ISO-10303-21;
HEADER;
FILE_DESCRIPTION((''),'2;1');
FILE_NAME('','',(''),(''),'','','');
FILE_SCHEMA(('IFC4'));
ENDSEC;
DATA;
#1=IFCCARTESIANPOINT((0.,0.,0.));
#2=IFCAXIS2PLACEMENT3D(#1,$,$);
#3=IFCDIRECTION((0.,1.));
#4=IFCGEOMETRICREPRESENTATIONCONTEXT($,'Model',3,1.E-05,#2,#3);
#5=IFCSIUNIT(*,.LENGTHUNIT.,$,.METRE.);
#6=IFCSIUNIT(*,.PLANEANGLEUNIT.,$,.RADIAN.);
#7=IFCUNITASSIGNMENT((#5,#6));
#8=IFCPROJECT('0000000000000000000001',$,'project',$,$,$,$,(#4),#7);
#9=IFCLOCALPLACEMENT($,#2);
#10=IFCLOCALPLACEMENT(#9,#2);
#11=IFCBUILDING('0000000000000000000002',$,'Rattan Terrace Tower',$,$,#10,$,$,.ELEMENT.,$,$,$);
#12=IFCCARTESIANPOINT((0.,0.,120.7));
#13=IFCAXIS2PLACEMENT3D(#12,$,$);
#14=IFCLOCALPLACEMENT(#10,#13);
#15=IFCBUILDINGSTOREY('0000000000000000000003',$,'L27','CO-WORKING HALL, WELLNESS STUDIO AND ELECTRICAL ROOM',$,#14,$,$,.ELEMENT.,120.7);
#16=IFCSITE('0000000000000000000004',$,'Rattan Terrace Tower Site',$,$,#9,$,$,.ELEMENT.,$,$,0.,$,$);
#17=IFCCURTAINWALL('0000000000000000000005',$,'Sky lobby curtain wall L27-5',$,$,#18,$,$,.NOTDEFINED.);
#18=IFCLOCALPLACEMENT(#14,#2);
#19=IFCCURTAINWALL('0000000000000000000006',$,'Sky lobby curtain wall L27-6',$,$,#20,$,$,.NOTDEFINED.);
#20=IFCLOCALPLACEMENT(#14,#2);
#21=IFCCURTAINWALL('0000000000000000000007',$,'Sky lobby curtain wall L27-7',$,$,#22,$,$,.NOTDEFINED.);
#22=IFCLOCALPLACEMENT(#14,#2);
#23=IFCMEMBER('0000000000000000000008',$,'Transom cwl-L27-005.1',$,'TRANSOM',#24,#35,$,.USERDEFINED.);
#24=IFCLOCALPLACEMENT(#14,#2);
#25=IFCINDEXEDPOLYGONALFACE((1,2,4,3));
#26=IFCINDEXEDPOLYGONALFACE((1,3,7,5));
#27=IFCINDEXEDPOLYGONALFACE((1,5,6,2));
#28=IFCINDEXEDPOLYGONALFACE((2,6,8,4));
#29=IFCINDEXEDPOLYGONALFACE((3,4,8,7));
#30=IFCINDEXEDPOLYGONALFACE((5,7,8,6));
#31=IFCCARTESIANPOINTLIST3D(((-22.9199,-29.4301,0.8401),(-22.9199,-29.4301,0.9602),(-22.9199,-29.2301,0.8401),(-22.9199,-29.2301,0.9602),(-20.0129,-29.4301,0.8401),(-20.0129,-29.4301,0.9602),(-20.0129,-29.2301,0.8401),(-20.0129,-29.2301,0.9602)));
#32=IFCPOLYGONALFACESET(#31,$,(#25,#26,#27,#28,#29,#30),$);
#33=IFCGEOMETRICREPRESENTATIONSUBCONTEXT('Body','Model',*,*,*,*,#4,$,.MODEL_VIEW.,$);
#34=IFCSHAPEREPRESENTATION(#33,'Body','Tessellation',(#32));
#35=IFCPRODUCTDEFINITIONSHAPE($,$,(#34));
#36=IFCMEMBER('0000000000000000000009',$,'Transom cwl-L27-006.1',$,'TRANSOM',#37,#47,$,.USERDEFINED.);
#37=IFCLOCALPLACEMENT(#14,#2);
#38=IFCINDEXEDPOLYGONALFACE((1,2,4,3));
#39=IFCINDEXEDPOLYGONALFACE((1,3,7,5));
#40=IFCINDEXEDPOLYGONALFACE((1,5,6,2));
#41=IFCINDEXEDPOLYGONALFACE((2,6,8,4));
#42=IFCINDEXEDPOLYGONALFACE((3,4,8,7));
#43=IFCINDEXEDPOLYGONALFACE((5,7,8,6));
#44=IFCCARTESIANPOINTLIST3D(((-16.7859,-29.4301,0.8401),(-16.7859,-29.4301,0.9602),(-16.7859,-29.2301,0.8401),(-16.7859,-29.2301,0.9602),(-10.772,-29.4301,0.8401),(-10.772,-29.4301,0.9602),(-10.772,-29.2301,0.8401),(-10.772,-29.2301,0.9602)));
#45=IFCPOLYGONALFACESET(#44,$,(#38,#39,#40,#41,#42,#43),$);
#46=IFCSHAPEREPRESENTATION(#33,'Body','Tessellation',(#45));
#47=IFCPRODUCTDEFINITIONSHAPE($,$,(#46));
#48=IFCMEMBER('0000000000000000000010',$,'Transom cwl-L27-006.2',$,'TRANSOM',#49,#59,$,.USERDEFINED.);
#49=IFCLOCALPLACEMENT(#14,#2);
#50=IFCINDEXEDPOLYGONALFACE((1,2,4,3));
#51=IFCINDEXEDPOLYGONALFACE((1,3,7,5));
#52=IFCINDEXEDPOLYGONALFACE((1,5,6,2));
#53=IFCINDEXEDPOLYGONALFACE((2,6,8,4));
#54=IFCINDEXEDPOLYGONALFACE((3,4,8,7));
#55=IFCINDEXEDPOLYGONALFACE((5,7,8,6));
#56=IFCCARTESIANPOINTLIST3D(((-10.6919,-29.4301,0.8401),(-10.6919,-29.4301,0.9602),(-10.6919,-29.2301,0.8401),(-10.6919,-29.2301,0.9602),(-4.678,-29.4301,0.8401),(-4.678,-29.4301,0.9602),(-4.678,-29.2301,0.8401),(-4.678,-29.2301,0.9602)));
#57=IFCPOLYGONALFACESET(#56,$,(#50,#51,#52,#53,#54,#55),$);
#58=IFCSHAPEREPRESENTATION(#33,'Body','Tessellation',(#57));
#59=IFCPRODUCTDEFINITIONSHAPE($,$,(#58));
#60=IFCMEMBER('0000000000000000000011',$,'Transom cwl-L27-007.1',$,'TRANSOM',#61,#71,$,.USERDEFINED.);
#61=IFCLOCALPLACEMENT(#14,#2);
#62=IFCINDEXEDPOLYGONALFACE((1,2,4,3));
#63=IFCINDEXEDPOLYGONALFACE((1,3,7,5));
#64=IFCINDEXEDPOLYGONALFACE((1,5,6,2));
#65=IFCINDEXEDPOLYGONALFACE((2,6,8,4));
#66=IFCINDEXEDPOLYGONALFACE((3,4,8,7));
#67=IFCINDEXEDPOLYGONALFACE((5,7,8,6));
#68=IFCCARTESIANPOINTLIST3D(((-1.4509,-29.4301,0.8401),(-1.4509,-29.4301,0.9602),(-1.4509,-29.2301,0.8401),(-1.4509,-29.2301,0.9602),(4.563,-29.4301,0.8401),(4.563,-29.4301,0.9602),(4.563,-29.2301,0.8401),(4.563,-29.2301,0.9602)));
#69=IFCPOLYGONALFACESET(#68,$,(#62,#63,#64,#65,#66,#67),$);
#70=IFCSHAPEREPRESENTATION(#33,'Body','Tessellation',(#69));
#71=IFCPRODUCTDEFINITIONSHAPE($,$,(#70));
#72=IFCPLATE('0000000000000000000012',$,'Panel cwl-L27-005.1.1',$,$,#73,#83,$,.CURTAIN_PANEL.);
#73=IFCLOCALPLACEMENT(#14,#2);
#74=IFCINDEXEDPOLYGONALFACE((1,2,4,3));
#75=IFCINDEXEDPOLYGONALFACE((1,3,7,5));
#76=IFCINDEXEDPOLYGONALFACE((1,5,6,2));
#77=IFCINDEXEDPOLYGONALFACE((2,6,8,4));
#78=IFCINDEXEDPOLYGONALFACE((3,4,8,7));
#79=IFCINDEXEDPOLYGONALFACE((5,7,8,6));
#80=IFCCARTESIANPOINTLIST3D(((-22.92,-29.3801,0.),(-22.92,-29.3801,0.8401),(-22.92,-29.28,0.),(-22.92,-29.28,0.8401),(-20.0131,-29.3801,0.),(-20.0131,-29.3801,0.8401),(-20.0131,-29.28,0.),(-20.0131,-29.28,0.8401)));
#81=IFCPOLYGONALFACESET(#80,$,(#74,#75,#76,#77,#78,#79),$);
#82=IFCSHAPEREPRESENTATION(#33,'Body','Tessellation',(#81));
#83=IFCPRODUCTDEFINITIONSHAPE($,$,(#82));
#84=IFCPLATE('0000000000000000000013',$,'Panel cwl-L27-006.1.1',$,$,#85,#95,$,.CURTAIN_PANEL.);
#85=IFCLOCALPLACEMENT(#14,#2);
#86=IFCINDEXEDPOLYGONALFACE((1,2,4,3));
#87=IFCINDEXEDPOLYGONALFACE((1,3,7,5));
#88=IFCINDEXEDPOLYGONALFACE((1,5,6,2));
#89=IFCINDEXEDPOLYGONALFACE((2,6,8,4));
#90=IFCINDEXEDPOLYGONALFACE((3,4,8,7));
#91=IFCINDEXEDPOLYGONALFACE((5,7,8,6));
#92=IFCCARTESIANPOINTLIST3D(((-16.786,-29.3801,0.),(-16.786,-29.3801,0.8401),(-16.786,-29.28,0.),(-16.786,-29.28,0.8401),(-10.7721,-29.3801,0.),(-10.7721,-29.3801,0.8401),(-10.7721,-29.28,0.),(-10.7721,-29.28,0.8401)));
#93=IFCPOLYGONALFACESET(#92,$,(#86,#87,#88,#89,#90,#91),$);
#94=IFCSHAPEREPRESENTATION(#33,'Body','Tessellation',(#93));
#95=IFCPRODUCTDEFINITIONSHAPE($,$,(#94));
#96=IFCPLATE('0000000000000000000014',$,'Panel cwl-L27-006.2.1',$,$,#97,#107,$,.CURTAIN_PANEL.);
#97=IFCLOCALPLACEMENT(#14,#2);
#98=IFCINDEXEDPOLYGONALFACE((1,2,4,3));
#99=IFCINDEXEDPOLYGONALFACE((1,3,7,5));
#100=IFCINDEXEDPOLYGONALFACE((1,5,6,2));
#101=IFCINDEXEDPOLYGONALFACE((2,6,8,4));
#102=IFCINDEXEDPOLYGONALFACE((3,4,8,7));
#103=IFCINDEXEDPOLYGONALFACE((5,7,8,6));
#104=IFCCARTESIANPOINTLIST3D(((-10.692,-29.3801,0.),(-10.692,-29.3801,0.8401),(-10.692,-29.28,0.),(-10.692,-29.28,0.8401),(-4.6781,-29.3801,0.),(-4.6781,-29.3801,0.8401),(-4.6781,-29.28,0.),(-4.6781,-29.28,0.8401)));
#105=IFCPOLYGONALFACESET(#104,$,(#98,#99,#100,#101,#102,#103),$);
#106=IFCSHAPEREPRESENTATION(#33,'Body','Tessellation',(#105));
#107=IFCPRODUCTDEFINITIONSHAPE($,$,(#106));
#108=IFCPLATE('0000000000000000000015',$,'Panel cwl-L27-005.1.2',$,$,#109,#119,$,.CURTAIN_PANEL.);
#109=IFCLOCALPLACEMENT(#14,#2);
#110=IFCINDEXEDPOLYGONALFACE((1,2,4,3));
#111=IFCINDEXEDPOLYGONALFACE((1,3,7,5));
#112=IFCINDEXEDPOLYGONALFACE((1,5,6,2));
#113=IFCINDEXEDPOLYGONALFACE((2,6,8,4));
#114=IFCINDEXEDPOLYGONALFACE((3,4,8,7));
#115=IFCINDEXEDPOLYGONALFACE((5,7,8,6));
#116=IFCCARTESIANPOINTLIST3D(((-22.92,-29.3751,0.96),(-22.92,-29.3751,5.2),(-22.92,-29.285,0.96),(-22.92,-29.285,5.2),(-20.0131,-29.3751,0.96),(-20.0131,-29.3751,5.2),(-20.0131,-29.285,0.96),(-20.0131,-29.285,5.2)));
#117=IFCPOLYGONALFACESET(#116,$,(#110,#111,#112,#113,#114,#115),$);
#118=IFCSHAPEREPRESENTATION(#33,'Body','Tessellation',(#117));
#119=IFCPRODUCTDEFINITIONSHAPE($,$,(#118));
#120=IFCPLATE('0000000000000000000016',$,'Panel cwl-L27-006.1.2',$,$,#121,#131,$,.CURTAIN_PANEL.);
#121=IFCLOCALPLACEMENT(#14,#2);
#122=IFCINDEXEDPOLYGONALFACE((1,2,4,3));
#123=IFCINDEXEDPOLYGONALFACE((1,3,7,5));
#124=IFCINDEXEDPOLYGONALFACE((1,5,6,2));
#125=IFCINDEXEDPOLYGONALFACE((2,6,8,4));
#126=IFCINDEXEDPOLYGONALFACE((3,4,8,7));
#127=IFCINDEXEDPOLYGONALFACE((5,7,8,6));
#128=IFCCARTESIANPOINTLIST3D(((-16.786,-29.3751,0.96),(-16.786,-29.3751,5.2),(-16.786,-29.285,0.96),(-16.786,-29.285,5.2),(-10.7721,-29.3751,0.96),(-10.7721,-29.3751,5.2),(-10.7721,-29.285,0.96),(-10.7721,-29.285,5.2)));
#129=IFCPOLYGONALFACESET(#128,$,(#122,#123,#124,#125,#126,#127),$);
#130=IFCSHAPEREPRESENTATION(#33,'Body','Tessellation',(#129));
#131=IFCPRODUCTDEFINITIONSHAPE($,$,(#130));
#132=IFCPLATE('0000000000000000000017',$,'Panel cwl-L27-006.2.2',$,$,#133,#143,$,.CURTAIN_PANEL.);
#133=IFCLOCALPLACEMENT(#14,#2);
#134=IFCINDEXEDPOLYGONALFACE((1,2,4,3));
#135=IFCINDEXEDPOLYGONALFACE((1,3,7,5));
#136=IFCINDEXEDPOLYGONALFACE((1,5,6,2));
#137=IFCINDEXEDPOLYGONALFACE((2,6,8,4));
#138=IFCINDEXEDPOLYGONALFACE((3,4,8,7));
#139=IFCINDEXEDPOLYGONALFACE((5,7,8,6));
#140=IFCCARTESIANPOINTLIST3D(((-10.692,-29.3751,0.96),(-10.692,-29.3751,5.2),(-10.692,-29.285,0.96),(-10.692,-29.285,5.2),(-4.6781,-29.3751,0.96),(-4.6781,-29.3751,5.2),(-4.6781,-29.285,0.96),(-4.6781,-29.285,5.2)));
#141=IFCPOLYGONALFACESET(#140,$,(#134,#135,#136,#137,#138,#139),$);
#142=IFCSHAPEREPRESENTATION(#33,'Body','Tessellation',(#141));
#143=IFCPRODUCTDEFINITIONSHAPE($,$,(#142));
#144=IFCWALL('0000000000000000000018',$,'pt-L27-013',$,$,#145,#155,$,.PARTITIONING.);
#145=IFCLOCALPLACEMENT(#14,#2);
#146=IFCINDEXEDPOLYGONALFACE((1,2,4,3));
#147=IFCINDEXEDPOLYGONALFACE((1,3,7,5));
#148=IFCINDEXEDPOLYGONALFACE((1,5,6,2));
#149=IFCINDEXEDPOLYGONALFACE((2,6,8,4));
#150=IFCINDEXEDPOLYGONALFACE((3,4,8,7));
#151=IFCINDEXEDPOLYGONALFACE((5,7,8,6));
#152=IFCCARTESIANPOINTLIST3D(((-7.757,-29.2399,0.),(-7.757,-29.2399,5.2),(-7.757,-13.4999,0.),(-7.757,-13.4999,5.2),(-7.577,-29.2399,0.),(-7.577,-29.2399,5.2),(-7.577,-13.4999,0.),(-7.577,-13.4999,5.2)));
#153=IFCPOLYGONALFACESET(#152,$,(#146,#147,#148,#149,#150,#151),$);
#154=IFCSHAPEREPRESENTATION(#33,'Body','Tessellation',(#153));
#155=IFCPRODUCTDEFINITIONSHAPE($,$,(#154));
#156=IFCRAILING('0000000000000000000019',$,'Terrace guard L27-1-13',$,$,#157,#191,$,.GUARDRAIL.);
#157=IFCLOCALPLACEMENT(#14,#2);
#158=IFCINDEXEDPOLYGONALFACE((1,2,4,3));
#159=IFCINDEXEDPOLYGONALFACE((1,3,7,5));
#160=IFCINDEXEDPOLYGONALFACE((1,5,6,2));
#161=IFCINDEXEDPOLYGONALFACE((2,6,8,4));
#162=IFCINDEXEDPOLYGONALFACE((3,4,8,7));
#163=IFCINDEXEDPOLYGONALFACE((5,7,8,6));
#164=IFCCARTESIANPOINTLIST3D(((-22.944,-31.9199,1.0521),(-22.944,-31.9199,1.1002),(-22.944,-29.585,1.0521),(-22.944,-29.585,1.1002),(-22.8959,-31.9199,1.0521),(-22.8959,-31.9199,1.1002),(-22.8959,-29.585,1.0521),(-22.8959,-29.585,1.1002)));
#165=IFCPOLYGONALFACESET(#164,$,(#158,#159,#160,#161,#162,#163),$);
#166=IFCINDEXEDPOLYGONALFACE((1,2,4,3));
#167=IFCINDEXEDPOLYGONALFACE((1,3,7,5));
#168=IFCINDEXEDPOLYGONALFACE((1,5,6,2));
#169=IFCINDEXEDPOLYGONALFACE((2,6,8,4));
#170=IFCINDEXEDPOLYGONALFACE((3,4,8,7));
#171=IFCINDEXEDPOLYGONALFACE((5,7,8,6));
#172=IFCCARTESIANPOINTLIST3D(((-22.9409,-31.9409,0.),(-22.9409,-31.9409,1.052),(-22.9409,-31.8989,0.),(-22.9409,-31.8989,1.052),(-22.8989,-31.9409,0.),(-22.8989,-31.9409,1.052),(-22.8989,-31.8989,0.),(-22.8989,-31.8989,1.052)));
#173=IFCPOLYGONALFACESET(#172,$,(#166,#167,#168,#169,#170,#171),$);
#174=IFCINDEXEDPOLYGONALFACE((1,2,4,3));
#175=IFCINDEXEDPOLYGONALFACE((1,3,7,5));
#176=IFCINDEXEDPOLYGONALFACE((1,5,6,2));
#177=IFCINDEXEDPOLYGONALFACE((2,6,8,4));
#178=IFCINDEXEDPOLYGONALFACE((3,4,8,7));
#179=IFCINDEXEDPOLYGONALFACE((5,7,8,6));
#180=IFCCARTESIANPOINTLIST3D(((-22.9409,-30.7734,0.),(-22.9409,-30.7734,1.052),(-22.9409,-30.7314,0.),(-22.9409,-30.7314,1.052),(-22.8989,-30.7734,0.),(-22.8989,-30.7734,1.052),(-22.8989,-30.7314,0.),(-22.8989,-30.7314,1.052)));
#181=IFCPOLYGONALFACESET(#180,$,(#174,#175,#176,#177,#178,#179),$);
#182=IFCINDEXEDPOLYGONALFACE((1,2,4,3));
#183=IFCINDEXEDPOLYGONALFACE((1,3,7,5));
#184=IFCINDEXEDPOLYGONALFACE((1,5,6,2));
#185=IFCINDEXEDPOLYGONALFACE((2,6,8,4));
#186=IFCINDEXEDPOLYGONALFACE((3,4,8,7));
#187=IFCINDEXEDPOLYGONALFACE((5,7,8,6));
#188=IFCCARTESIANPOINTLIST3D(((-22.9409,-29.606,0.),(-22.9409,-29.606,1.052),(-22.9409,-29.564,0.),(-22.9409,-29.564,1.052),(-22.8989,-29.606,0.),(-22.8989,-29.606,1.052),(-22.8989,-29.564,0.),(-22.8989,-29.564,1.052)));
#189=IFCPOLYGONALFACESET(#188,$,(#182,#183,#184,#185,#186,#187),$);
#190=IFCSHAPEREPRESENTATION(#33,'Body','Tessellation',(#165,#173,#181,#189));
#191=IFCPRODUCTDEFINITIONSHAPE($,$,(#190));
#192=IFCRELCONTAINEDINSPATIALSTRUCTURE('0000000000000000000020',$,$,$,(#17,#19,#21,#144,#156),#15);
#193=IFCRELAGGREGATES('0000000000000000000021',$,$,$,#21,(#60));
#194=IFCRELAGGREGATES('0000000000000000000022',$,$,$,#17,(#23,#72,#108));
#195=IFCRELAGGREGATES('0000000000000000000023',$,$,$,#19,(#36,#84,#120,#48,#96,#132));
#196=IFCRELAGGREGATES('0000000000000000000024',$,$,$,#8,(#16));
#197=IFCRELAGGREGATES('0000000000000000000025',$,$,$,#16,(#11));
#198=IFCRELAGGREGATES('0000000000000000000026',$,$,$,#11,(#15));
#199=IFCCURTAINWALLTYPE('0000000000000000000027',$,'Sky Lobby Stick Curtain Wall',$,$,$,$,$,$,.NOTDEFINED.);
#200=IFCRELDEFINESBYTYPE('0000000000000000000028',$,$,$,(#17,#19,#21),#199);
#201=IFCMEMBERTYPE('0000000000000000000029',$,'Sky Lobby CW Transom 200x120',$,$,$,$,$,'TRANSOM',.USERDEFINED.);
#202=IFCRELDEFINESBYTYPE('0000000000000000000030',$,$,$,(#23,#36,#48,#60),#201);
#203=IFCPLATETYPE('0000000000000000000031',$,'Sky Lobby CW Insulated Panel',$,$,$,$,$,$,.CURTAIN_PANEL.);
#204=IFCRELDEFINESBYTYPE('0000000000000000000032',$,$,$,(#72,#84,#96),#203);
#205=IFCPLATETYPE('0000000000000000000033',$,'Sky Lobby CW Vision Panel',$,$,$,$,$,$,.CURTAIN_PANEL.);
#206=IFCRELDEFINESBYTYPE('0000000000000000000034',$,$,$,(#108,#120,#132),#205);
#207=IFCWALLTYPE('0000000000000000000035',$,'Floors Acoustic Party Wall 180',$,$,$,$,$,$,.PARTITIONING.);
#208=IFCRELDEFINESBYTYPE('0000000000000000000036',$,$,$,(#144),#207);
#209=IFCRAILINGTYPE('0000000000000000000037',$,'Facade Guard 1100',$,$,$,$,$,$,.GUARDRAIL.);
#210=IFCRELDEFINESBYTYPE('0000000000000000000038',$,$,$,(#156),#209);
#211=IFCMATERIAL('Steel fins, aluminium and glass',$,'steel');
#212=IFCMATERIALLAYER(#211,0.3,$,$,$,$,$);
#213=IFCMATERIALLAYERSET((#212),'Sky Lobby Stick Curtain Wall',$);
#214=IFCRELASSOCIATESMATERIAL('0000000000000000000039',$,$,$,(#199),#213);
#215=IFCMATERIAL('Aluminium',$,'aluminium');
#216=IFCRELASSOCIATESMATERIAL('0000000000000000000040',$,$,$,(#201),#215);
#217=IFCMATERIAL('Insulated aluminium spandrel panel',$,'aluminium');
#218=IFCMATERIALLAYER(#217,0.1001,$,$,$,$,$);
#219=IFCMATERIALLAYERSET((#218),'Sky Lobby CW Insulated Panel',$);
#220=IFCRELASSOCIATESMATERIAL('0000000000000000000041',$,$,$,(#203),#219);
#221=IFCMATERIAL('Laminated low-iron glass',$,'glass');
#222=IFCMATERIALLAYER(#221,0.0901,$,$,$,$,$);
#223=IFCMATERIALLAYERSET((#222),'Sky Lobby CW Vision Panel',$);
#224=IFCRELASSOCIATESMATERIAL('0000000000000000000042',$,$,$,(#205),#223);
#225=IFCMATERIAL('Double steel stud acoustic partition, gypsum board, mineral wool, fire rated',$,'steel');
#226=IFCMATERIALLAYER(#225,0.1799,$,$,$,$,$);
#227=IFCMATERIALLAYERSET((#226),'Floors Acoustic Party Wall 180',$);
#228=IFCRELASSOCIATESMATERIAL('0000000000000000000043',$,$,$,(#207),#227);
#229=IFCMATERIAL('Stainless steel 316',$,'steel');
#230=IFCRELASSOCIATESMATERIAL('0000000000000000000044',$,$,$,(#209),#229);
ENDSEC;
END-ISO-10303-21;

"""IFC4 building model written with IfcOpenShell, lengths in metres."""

from ifc_helpers import new_model, si_unit, direction, frame, frame_2d, origin, origin_2d, place, context, subcontext, project, spatial, rectangle, extrude, material, layer, layer_set, material_profile, profile_set, type_object, element, aggregate, save


model = new_model("IFC4")

# Units and contexts
model_context = context("Model", 3, precision=1e-05, world=origin(), true_north=direction((0.0, 1.0)))
body_context = subcontext(model_context, "Body", "Model", "MODEL_VIEW")
ifc_project = project(units=[si_unit("LENGTHUNIT", "METRE"), si_unit("PLANEANGLEUNIT", "RADIAN")], contexts=[model_context])

# Site, building, storey
site_placement = place(None, origin())
site = spatial("IfcSite", under=ifc_project, at=site_placement, Name="Rattan Terrace Tower Site", CompositionType="ELEMENT", RefElevation=0.0)
building_placement = place(site_placement, origin())
building = spatial("IfcBuilding", under=site, at=building_placement, Name="Rattan Terrace Tower", CompositionType="ELEMENT")
storey_placement = place(building_placement, frame((0.0, 0.0, 120.7)))
storey = spatial("IfcBuildingStorey", under=building, at=storey_placement, Name="L27", Description="CO-WORKING HALL, WELLNESS STUDIO AND ELECTRICAL ROOM", CompositionType="ELEMENT", Elevation=120.7)

# Curtain walls
ifc_material_1 = material(Name="Steel fins, aluminium and glass", Category="steel")
ifc_layer_1 = layer(ifc_material_1, 0.3)
ifc_layer_set_1 = layer_set([ifc_layer_1], Name="Sky Lobby Stick Curtain Wall")
curtain_wall_type = type_object("IfcCurtainWallType", Name="Sky Lobby Stick Curtain Wall", PredefinedType="NOTDEFINED", material=ifc_layer_set_1)
curtain_wall_1_placement = place(storey_placement, origin())
curtain_wall_1 = element("IfcCurtainWall", 1, at=curtain_wall_1_placement, inside=storey, type_object=curtain_wall_type, Name="Sky lobby curtain wall L27-5", PredefinedType="NOTDEFINED")
curtain_wall_2_placement = place(storey_placement, origin())
curtain_wall_2 = element("IfcCurtainWall", 2, at=curtain_wall_2_placement, inside=storey, type_object=curtain_wall_type, Name="Sky lobby curtain wall L27-6", PredefinedType="NOTDEFINED")

# Curtain wall
curtain_wall_3_placement = place(storey_placement, origin())
curtain_wall_3 = element("IfcCurtainWall", 3, at=curtain_wall_3_placement, inside=storey, type_object=curtain_wall_type, Name="Sky lobby curtain wall L27-7", PredefinedType="NOTDEFINED")

# Members
ifc_material_2 = material(Name="Aluminium", Category="aluminium")
ifc_material_profile_1 = material_profile(ifc_material_2, rectangle(XDim=0.2, YDim=0.1201, at=origin_2d()), Name="Aluminium 200x120")
ifc_profile_set_1 = profile_set([ifc_material_profile_1], Name="Aluminium")
member_type_1 = type_object("IfcMemberType", Name="Sky Lobby CW Transom 200x120", ElementType="TRANSOM", PredefinedType="USERDEFINED", material=ifc_profile_set_1)
member_1_placement = place(storey_placement, frame((-22.9199, -29.3301, 0.9001), z_axis=(1.0, 0.0, 0.0), x_axis=(0.0, 1.0, 0.0)))
member_1 = element("IfcMember", 4, at=member_1_placement, type_object=member_type_1, Name="Transom cwl-L27-005.1", ObjectType="TRANSOM", PredefinedType="USERDEFINED", context=body_context, shape_type="SweptSolid", body=[
    extrude(rectangle(XDim=0.2, YDim=0.1201, at=origin_2d()), origin(), (0.0, 0.0, 1.0), 2.907),
])
member_2_placement = place(storey_placement, frame((-16.7859, -29.3301, 0.9001), z_axis=(1.0, 0.0, 0.0), x_axis=(0.0, 1.0, 0.0)))
member_2 = element("IfcMember", 5, at=member_2_placement, type_object=member_type_1, Name="Transom cwl-L27-006.1", ObjectType="TRANSOM", PredefinedType="USERDEFINED", context=body_context, shape_type="SweptSolid", body=[
    extrude(rectangle(XDim=0.2, YDim=0.1201, at=origin_2d()), origin(), (0.0, 0.0, 1.0), 6.0139),
])
member_3_placement = place(storey_placement, frame((-10.6919, -29.3301, 0.9001), z_axis=(1.0, 0.0, 0.0), x_axis=(0.0, 1.0, 0.0)))
member_3 = element("IfcMember", 6, at=member_3_placement, type_object=member_type_1, Name="Transom cwl-L27-006.2", ObjectType="TRANSOM", PredefinedType="USERDEFINED", context=body_context, shape_type="SweptSolid", body=[
    extrude(rectangle(XDim=0.2, YDim=0.1201, at=origin_2d()), origin(), (0.0, 0.0, 1.0), 6.0139),
])
member_4_placement = place(storey_placement, frame((-1.4509, -29.3301, 0.9001), z_axis=(1.0, 0.0, 0.0), x_axis=(0.0, 1.0, 0.0)))
member_4 = element("IfcMember", 7, at=member_4_placement, type_object=member_type_1, Name="Transom cwl-L27-007.1", ObjectType="TRANSOM", PredefinedType="USERDEFINED", context=body_context, shape_type="SweptSolid", body=[
    extrude(rectangle(XDim=0.2, YDim=0.1201, at=origin_2d()), origin(), (0.0, 0.0, 1.0), 6.0139),
])
aggregate(curtain_wall_3, [member_4])

# Plates
ifc_material_3 = material(Name="Insulated aluminium spandrel panel", Category="aluminium")
ifc_layer_2 = layer(ifc_material_3, 0.1001)
ifc_layer_set_2 = layer_set([ifc_layer_2], Name="Sky Lobby CW Insulated Panel")
plate_type_1 = type_object("IfcPlateType", Name="Sky Lobby CW Insulated Panel", PredefinedType="CURTAIN_PANEL", material=ifc_layer_set_2)
plate_1_placement = place(storey_placement, frame((-21.4666, -29.3301, 0.0), z_axis=(0.0, 0.0, 1.0), x_axis=(1.0, 0.0, 0.0)))
plate_1 = element("IfcPlate", 8, at=plate_1_placement, type_object=plate_type_1, Name="Panel cwl-L27-005.1.1", PredefinedType="CURTAIN_PANEL", context=body_context, shape_type="SweptSolid", body=[
    extrude(rectangle(XDim=2.907, YDim=0.1001, at=origin_2d()), origin(), (0.0, 0.0, 1.0), 0.8401),
])
plate_2_placement = place(storey_placement, frame((-13.7791, -29.3301, 0.0), z_axis=(0.0, 0.0, 1.0), x_axis=(1.0, 0.0, 0.0)))
plate_2 = element("IfcPlate", 9, at=plate_2_placement, type_object=plate_type_1, Name="Panel cwl-L27-006.1.1", PredefinedType="CURTAIN_PANEL", context=body_context, shape_type="SweptSolid", body=[
    extrude(rectangle(XDim=6.0139, YDim=0.1001, at=origin_2d()), origin(), (0.0, 0.0, 1.0), 0.8401),
])
plate_3_placement = place(storey_placement, frame((-7.6851, -29.3301, 0.0), z_axis=(0.0, 0.0, 1.0), x_axis=(1.0, 0.0, 0.0)))
plate_3 = element("IfcPlate", 10, at=plate_3_placement, type_object=plate_type_1, Name="Panel cwl-L27-006.2.1", PredefinedType="CURTAIN_PANEL", context=body_context, shape_type="SweptSolid", body=[
    extrude(rectangle(XDim=6.0139, YDim=0.1001, at=origin_2d()), origin(), (0.0, 0.0, 1.0), 0.8401),
])
ifc_material_4 = material(Name="Laminated low-iron glass", Category="glass")
ifc_layer_3 = layer(ifc_material_4, 0.0901)
ifc_layer_set_3 = layer_set([ifc_layer_3], Name="Sky Lobby CW Vision Panel")
plate_type_2 = type_object("IfcPlateType", Name="Sky Lobby CW Vision Panel", PredefinedType="CURTAIN_PANEL", material=ifc_layer_set_3)
plate_4_placement = place(storey_placement, frame((-21.4666, -29.3301, 0.96), z_axis=(0.0, 0.0, 1.0), x_axis=(1.0, 0.0, 0.0)))
plate_4 = element("IfcPlate", 11, at=plate_4_placement, type_object=plate_type_2, Name="Panel cwl-L27-005.1.2", PredefinedType="CURTAIN_PANEL", context=body_context, shape_type="SweptSolid", body=[
    extrude(rectangle(XDim=2.907, YDim=0.0901, at=origin_2d()), origin(), (0.0, 0.0, 1.0), 4.24),
])
aggregate(curtain_wall_1, [member_1, plate_1, plate_4])
plate_5_placement = place(storey_placement, frame((-13.7791, -29.3301, 0.96), z_axis=(0.0, 0.0, 1.0), x_axis=(1.0, 0.0, 0.0)))
plate_5 = element("IfcPlate", 12, at=plate_5_placement, type_object=plate_type_2, Name="Panel cwl-L27-006.1.2", PredefinedType="CURTAIN_PANEL", context=body_context, shape_type="SweptSolid", body=[
    extrude(rectangle(XDim=6.0139, YDim=0.0901, at=origin_2d()), origin(), (0.0, 0.0, 1.0), 4.24),
])
plate_6_placement = place(storey_placement, frame((-7.6851, -29.3301, 0.96), z_axis=(0.0, 0.0, 1.0), x_axis=(1.0, 0.0, 0.0)))
plate_6 = element("IfcPlate", 13, at=plate_6_placement, type_object=plate_type_2, Name="Panel cwl-L27-006.2.2", PredefinedType="CURTAIN_PANEL", context=body_context, shape_type="SweptSolid", body=[
    extrude(rectangle(XDim=6.0139, YDim=0.0901, at=origin_2d()), origin(), (0.0, 0.0, 1.0), 4.24),
])
aggregate(curtain_wall_2, [member_2, plate_2, plate_5, member_3, plate_3, plate_6])

# Wall
ifc_material_5 = material(Name="Double steel stud acoustic partition, gypsum board, mineral wool, fire rated", Category="steel")
ifc_layer_4 = layer(ifc_material_5, 0.1799)
ifc_layer_set_4 = layer_set([ifc_layer_4], Name="Floors Acoustic Party Wall 180")
wall_type_1 = type_object("IfcWallType", Name="Floors Acoustic Party Wall 180", PredefinedType="PARTITIONING", material=ifc_layer_set_4)
wall_1_placement = place(storey_placement, frame((-7.667, -29.24, 0.0), z_axis=(0.0, 0.0, 1.0), x_axis=(0.0, 1.0, 0.0)))
element("IfcWall", 14, at=wall_1_placement, inside=storey, type_object=wall_type_1, Name="pt-L27-013", PredefinedType="PARTITIONING", context=body_context, shape_type="SweptSolid", body=[
    extrude(rectangle(XDim=15.74, YDim=0.1799, at=frame_2d((7.8701, 0.0))), origin(), (0.0, 0.0, 1.0), 5.2),
])

# Railing
ifc_material_6 = material(Name="Stainless steel 316", Category="steel")
railing_type = type_object("IfcRailingType", Name="Facade Guard 1100", PredefinedType="GUARDRAIL", material=ifc_material_6)
railing_placement = place(storey_placement, frame((-22.9199, -31.9199, 0.0)))
element("IfcRailing", 15, at=railing_placement, inside=storey, type_object=railing_type, Name="Terrace guard L27-1-13", PredefinedType="GUARDRAIL", context=body_context, shape_type="SweptSolid", body=[
    extrude(rectangle(XDim=0.0481, YDim=0.0481, at=origin_2d()), frame((0.0, 0.0, 1.0762), z_axis=(0.0, 1.0, 0.0), x_axis=(-1.0, 0.0, 0.0)), (0.0, 0.0, 1.0), 2.335),
    extrude(rectangle(XDim=0.042, YDim=0.042, at=origin_2d()), origin(), (0.0, 0.0, 1.0), 1.052),
    extrude(rectangle(XDim=0.042, YDim=0.042, at=origin_2d()), frame((0.0, 1.1675, 0.0)), (0.0, 0.0, 1.0), 1.052),
    extrude(rectangle(XDim=0.042, YDim=0.042, at=origin_2d()), frame((0.0, 2.335, 0.0)), (0.0, 0.0, 1.0), 1.052),
])

save(model, "model.ifc")
